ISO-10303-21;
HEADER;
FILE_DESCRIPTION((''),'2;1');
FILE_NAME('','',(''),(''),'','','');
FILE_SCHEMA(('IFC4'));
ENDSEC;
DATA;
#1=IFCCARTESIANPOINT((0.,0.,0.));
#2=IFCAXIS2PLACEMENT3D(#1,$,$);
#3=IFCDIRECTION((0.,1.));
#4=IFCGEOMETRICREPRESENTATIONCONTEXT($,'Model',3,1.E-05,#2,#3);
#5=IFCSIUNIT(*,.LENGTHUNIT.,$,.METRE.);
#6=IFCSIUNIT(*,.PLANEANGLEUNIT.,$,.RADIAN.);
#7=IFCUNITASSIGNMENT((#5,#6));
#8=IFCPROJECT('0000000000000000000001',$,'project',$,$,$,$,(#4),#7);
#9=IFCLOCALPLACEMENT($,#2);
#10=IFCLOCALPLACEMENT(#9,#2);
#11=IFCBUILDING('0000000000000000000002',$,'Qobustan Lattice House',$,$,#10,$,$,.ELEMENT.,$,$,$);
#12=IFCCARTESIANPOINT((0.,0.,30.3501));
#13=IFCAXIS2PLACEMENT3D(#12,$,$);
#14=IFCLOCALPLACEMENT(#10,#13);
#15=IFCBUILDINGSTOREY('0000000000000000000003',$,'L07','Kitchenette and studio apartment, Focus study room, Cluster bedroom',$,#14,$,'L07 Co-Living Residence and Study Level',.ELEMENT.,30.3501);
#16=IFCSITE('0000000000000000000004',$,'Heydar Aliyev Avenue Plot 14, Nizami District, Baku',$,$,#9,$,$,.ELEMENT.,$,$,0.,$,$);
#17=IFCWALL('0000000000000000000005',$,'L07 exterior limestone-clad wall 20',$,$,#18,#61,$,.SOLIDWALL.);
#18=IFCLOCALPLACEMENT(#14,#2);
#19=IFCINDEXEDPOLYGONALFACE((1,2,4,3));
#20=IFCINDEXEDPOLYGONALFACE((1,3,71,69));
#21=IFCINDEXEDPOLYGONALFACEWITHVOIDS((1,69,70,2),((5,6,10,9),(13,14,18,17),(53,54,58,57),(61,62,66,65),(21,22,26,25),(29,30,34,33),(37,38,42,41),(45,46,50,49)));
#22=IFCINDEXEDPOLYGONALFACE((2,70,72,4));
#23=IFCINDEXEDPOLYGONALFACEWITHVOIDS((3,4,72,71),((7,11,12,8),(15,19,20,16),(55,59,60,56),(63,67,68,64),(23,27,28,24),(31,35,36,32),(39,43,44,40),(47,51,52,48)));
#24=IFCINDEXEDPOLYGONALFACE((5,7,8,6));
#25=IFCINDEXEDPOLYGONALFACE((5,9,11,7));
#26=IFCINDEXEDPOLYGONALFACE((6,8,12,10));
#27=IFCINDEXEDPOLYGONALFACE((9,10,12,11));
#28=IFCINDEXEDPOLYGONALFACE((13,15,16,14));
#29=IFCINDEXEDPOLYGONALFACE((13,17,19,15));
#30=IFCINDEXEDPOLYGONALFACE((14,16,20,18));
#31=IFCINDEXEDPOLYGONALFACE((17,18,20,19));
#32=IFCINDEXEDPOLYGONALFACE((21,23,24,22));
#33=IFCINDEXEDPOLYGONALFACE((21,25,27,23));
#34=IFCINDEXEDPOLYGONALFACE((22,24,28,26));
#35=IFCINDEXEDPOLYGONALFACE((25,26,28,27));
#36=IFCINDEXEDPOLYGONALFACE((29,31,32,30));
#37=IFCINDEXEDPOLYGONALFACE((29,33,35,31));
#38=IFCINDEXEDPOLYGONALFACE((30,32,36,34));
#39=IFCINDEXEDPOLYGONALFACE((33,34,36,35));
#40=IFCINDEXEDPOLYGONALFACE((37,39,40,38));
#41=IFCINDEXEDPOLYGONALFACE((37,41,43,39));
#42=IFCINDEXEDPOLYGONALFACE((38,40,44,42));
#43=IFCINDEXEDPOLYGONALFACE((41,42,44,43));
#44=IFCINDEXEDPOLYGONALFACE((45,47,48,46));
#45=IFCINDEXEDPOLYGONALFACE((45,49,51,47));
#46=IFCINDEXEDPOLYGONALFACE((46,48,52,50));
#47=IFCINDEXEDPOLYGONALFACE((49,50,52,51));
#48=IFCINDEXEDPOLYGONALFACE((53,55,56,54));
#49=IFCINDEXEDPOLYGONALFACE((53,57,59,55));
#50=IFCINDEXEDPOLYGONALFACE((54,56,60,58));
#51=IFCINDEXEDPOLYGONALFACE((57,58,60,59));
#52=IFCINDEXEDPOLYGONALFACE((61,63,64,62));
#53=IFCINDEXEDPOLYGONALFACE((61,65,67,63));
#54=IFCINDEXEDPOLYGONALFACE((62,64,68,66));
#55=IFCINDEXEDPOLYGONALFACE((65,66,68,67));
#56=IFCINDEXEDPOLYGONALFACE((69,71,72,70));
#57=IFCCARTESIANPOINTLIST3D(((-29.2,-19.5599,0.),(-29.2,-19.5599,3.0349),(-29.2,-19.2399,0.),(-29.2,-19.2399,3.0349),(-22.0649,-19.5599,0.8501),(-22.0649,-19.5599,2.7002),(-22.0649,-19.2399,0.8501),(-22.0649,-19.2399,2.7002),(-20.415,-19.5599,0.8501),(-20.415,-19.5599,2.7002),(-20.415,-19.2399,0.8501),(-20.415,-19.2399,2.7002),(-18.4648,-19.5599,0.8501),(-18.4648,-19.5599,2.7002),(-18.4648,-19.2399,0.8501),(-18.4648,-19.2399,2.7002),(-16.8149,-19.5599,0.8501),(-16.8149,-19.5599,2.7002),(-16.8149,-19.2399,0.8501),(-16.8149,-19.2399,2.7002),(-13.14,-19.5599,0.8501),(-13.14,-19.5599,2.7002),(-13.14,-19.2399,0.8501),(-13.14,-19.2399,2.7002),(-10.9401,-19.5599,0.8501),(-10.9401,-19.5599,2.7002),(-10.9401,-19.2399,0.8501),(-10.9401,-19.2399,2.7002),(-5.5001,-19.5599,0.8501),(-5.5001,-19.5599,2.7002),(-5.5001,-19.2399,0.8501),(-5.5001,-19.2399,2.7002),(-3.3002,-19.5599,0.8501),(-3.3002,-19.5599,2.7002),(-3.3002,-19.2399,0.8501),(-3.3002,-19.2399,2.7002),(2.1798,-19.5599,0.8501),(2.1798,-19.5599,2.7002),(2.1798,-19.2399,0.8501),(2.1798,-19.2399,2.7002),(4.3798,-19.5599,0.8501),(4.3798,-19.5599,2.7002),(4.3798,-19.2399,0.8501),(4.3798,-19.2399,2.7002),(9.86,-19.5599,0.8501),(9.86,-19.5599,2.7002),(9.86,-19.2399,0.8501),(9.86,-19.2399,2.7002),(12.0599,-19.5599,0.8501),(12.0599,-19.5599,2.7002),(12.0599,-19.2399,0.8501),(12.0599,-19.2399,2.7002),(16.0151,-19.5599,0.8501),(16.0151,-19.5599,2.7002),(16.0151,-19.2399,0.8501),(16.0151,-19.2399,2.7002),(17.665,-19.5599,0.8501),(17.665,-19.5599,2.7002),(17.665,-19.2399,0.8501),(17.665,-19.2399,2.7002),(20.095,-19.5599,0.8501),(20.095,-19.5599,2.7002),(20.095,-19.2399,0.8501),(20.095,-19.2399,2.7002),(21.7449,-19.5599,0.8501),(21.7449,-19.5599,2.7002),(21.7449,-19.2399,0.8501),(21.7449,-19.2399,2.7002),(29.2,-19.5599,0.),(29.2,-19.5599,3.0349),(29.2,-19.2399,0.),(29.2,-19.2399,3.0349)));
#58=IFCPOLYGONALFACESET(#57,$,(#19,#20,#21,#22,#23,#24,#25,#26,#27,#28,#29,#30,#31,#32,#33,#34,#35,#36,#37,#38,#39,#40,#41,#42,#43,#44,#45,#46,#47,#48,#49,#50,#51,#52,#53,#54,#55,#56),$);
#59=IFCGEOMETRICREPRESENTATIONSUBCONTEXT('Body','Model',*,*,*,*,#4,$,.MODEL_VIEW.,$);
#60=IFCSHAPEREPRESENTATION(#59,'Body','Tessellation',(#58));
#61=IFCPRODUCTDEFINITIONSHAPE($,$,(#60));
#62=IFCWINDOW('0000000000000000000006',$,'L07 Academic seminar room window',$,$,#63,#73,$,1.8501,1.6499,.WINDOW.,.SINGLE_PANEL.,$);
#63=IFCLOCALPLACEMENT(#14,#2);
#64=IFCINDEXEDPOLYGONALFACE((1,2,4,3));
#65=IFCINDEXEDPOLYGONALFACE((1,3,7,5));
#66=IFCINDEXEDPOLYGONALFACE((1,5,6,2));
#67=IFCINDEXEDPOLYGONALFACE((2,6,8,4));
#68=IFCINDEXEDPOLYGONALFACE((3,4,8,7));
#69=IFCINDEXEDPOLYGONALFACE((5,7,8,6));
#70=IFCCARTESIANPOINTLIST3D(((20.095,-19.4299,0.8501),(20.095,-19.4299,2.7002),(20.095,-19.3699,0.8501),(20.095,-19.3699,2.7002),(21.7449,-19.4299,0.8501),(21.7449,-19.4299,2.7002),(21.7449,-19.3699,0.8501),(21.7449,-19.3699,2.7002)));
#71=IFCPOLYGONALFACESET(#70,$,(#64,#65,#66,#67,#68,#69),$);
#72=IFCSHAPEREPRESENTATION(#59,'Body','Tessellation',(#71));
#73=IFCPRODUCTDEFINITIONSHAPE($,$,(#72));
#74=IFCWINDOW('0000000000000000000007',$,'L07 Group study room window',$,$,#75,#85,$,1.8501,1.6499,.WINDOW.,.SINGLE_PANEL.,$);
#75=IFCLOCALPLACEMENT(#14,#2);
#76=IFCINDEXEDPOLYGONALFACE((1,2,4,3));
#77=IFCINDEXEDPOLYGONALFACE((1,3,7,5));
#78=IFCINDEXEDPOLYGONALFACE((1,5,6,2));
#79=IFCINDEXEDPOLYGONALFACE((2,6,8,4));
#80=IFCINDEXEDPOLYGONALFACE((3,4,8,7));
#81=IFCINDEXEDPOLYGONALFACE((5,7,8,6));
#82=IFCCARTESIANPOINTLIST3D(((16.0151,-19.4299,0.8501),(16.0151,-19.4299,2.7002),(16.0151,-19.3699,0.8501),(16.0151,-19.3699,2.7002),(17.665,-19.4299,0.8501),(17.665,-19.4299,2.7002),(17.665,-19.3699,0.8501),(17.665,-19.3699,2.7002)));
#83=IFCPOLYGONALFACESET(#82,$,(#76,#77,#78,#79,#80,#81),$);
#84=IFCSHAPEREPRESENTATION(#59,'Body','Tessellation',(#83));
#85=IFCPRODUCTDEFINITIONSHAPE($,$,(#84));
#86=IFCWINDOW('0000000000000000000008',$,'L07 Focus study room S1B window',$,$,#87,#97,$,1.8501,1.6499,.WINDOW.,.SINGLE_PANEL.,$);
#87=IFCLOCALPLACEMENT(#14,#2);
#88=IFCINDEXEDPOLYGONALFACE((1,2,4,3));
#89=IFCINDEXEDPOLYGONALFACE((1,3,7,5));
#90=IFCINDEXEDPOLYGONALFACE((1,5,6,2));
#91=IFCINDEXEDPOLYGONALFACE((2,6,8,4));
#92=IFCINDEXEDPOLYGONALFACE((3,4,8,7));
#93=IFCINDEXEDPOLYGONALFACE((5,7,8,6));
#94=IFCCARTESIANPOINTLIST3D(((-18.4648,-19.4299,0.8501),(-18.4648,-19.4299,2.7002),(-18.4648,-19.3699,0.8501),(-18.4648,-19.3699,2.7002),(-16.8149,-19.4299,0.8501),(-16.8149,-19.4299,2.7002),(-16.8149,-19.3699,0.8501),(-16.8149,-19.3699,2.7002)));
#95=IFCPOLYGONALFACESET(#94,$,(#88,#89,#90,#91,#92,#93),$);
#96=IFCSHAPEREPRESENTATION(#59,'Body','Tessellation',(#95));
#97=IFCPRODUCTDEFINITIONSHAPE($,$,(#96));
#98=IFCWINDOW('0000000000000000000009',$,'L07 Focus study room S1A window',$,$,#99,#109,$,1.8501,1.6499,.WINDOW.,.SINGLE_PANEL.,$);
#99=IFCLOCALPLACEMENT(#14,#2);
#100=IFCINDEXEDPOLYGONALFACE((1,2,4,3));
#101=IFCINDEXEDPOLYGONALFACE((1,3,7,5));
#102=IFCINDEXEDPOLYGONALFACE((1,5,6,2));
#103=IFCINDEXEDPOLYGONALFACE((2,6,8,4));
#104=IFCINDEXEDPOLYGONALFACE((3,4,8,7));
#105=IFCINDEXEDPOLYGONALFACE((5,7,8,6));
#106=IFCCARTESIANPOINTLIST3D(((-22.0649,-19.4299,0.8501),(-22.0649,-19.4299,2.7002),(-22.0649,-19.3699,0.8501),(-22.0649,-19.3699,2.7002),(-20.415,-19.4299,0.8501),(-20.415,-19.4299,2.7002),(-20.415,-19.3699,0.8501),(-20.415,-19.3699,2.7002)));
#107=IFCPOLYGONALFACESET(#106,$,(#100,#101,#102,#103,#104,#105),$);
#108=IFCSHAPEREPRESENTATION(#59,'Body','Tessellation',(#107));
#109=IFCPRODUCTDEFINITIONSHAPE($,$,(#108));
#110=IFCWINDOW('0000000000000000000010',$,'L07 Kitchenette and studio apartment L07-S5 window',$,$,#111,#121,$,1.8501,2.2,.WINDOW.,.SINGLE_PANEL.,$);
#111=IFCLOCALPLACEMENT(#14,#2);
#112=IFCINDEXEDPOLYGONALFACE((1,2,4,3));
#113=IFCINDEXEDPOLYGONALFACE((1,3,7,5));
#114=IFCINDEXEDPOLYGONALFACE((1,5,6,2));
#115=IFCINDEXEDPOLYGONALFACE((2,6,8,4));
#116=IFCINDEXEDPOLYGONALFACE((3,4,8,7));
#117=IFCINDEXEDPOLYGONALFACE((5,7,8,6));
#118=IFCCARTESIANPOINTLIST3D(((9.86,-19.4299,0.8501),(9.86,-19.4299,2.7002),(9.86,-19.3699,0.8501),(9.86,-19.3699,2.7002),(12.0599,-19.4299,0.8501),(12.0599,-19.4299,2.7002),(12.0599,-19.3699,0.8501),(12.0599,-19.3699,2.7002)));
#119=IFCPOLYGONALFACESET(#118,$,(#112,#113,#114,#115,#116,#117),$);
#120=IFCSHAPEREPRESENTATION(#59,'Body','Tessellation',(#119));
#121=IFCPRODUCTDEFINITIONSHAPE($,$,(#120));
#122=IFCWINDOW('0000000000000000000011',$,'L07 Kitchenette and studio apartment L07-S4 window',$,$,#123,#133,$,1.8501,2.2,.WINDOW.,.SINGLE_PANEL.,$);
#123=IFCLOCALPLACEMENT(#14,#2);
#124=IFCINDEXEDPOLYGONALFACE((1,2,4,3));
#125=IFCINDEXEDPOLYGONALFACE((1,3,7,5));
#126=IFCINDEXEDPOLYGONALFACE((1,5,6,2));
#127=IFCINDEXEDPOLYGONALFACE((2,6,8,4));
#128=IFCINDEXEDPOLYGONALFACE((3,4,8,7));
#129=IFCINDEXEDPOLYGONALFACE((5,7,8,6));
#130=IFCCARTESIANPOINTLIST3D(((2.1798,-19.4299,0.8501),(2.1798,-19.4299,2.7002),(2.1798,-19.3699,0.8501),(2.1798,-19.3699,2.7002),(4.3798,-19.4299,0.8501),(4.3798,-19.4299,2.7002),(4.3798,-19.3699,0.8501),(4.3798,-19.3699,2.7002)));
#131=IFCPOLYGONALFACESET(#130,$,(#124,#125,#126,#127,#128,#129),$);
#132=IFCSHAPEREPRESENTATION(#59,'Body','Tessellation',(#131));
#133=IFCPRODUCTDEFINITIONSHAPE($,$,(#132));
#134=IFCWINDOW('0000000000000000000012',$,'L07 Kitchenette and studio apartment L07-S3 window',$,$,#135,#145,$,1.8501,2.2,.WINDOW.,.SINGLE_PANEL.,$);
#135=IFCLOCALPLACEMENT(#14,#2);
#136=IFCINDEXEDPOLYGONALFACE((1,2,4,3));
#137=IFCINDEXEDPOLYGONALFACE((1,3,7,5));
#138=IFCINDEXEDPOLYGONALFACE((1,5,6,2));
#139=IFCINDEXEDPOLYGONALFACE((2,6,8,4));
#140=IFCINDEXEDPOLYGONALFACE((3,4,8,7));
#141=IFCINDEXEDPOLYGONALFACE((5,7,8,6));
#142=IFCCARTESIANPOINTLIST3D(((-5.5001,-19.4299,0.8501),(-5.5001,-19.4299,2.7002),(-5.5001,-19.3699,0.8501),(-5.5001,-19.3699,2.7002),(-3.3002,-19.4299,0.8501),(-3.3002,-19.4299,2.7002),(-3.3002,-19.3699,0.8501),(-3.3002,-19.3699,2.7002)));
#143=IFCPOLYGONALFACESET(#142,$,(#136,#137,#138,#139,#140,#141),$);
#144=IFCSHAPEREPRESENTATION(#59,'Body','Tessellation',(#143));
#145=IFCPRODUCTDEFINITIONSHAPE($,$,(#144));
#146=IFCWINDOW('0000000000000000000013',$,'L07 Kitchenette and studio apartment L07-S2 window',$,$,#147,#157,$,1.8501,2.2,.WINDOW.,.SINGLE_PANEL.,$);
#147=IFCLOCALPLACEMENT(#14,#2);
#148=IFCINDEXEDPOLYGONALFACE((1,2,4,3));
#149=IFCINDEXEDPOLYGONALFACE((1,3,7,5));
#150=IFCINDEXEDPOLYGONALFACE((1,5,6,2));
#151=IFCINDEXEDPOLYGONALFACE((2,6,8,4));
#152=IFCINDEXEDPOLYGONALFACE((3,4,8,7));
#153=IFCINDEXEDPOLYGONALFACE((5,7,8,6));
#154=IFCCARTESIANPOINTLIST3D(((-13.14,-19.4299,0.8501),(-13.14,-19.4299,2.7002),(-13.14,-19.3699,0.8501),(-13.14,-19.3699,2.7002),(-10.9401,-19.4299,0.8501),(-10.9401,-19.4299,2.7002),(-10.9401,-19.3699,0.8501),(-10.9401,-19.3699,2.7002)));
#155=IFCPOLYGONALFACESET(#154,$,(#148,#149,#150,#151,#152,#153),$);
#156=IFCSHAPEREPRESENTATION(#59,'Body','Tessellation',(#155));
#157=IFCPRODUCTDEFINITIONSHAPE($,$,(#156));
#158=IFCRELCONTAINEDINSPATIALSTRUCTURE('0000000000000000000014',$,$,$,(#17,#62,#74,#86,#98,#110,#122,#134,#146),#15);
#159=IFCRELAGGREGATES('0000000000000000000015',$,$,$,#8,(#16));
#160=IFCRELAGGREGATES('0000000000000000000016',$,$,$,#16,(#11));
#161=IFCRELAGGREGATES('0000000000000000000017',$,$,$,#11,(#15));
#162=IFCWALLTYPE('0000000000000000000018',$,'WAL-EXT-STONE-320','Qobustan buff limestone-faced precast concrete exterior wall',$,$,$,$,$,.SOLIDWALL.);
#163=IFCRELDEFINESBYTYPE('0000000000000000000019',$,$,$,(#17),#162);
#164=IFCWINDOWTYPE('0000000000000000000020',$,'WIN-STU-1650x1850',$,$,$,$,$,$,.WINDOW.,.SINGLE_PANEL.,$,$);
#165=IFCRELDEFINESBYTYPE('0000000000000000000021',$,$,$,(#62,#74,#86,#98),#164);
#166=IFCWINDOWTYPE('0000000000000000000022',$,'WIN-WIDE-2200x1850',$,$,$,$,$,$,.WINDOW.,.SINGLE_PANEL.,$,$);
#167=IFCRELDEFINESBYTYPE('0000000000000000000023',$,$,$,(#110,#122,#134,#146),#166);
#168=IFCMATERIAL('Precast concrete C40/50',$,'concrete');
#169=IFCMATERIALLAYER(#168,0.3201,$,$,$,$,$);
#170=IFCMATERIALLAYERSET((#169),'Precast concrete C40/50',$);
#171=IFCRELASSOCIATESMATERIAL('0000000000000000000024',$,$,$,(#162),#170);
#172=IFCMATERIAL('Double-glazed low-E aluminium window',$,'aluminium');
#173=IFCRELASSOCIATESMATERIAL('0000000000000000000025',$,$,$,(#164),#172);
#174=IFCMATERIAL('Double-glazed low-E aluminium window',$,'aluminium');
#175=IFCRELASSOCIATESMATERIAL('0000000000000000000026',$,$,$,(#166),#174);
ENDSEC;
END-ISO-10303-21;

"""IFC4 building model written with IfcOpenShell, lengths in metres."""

from ifc_helpers import new_model, si_unit, direction, frame, frame_2d, origin, place, context, subcontext, project, spatial, rectangle, extrude, material, layer, layer_set, type_object, element, fill, save


model = new_model("IFC4")

# Units and contexts
model_context = context("Model", 3, precision=1e-05, world=origin(), true_north=direction((0.0, 1.0)))
body_context = subcontext(model_context, "Body", "Model", "MODEL_VIEW")
ifc_project = project(units=[si_unit("LENGTHUNIT", "METRE"), si_unit("PLANEANGLEUNIT", "RADIAN")], contexts=[model_context])

# Site, building, storey
site_placement = place(None, origin())
site = spatial("IfcSite", under=ifc_project, at=site_placement, Name="Heydar Aliyev Avenue Plot 14, Nizami District, Baku", CompositionType="ELEMENT", RefElevation=0.0)
building_placement = place(site_placement, origin())
building = spatial("IfcBuilding", under=site, at=building_placement, Name="Qobustan Lattice House", CompositionType="ELEMENT")
storey_placement = place(building_placement, frame((0.0, 0.0, 30.3501)))
storey = spatial("IfcBuildingStorey", under=building, at=storey_placement, Name="L07", Description="Kitchenette and studio apartment, Focus study room, Cluster bedroom", LongName="L07 Co-Living Residence and Study Level", CompositionType="ELEMENT", Elevation=30.3501)

# Shared definitions
ifc_material_1 = material(Name="Precast concrete C40/50", Category="concrete")
ifc_layer_1 = layer(ifc_material_1, 0.3201)
ifc_layer_set_1 = layer_set([ifc_layer_1], Name="Precast concrete C40/50")
wall_type = type_object("IfcWallType", Name="WAL-EXT-STONE-320", Description="Qobustan buff limestone-faced precast concrete exterior wall", PredefinedType="SOLIDWALL", material=ifc_layer_set_1)

# Wall, openings, windows
wall_1_placement = place(storey_placement, frame((29.2, -19.3999, 0.0), z_axis=(0.0, 0.0, 1.0), x_axis=(-1.0, 0.0, 0.0)))
wall_1 = element("IfcWall", 1, at=wall_1_placement, inside=storey, type_object=wall_type, Name="L07 exterior limestone-clad wall 20", PredefinedType="SOLIDWALL", context=body_context, shape_type="SweptSolid", body=[
    extrude(rectangle(XDim=58.3999, YDim=0.3201, at=frame_2d((29.2, 0.0))), origin(), (0.0, 0.0, 1.0), 3.0349),
])
opening_1_placement = place(wall_1_placement, frame((7.4551, 0.0, 0.8501)))
opening_1 = element("IfcOpeningElement", 2, at=opening_1_placement, cuts=wall_1, PredefinedType="OPENING", context=body_context, shape_type="SweptSolid", body=[
    extrude(rectangle(XDim=1.6499, YDim=1.8501, at=frame_2d((0.825, 0.925))), frame((0.0, 0.1699, 0.0), z_axis=(0.0, -1.0, 0.0), x_axis=(1.0, 0.0, 0.0)), (0.0, 0.0, 1.0), 0.3401),
])
opening_2_placement = place(wall_1_placement, frame((11.5349, 0.0, 0.8501)))
opening_2 = element("IfcOpeningElement", 3, at=opening_2_placement, cuts=wall_1, PredefinedType="OPENING", context=body_context, shape_type="SweptSolid", body=[
    extrude(rectangle(XDim=1.6499, YDim=1.8501, at=frame_2d((0.825, 0.925))), frame((0.0, 0.1699, 0.0), z_axis=(0.0, -1.0, 0.0), x_axis=(1.0, 0.0, 0.0)), (0.0, 0.0, 1.0), 0.3401),
])
opening_3_placement = place(wall_1_placement, frame((17.1399, 0.0, 0.8501)))
opening_3 = element("IfcOpeningElement", 4, at=opening_3_placement, cuts=wall_1, PredefinedType="OPENING", context=body_context, shape_type="SweptSolid", body=[
    extrude(rectangle(XDim=2.2, YDim=1.8501, at=frame_2d((1.1001, 0.925))), frame((0.0, 0.1699, 0.0), z_axis=(0.0, -1.0, 0.0), x_axis=(1.0, 0.0, 0.0)), (0.0, 0.0, 1.0), 0.3401),
])
opening_4_placement = place(wall_1_placement, frame((24.8201, 0.0, 0.8501)))
opening_4 = element("IfcOpeningElement", 5, at=opening_4_placement, cuts=wall_1, PredefinedType="OPENING", context=body_context, shape_type="SweptSolid", body=[
    extrude(rectangle(XDim=2.2, YDim=1.8501, at=frame_2d((1.1001, 0.925))), frame((0.0, 0.1699, 0.0), z_axis=(0.0, -1.0, 0.0), x_axis=(1.0, 0.0, 0.0)), (0.0, 0.0, 1.0), 0.3401),
])
opening_5_placement = place(wall_1_placement, frame((32.5, 0.0, 0.8501)))
opening_5 = element("IfcOpeningElement", 6, at=opening_5_placement, cuts=wall_1, PredefinedType="OPENING", context=body_context, shape_type="SweptSolid", body=[
    extrude(rectangle(XDim=2.2, YDim=1.8501, at=frame_2d((1.1001, 0.925))), frame((0.0, 0.1699, 0.0), z_axis=(0.0, -1.0, 0.0), x_axis=(1.0, 0.0, 0.0)), (0.0, 0.0, 1.0), 0.3401),
])
opening_6_placement = place(wall_1_placement, frame((40.1399, 0.0, 0.8501)))
opening_6 = element("IfcOpeningElement", 7, at=opening_6_placement, cuts=wall_1, PredefinedType="OPENING", context=body_context, shape_type="SweptSolid", body=[
    extrude(rectangle(XDim=2.2, YDim=1.8501, at=frame_2d((1.1001, 0.925))), frame((0.0, 0.1699, 0.0), z_axis=(0.0, -1.0, 0.0), x_axis=(1.0, 0.0, 0.0)), (0.0, 0.0, 1.0), 0.3401),
])
opening_7_placement = place(wall_1_placement, frame((46.0149, 0.0, 0.8501)))
opening_7 = element("IfcOpeningElement", 8, at=opening_7_placement, cuts=wall_1, PredefinedType="OPENING", context=body_context, shape_type="SweptSolid", body=[
    extrude(rectangle(XDim=1.6499, YDim=1.8501, at=frame_2d((0.825, 0.925))), frame((0.0, 0.1699, 0.0), z_axis=(0.0, -1.0, 0.0), x_axis=(1.0, 0.0, 0.0)), (0.0, 0.0, 1.0), 0.3401),
])
opening_8_placement = place(wall_1_placement, frame((49.615, 0.0, 0.8501)))
opening_8 = element("IfcOpeningElement", 9, at=opening_8_placement, cuts=wall_1, PredefinedType="OPENING", context=body_context, shape_type="SweptSolid", body=[
    extrude(rectangle(XDim=1.6499, YDim=1.8501, at=frame_2d((0.825, 0.925))), frame((0.0, 0.1699, 0.0), z_axis=(0.0, -1.0, 0.0), x_axis=(1.0, 0.0, 0.0)), (0.0, 0.0, 1.0), 0.3401),
])
ifc_material_2 = material(Name="Double-glazed low-E aluminium window", Category="aluminium")
window_type_1 = type_object("IfcWindowType", Name="WIN-STU-1650x1850", PartitioningType="SINGLE_PANEL", PredefinedType="WINDOW", material=ifc_material_2)
window_1_placement = place(opening_1_placement, origin())
window_1 = element("IfcWindow", 10, at=window_1_placement, inside=storey, type_object=window_type_1, Name="L07 Academic seminar room window", OverallHeight=1.8501, OverallWidth=1.6499, PartitioningType="SINGLE_PANEL", PredefinedType="WINDOW", context=body_context, shape_type="SweptSolid", body=[
    extrude(rectangle(XDim=1.6499, YDim=1.8501, at=frame_2d((0.825, 0.925))), frame((0.0, 0.03, 0.0), z_axis=(0.0, -1.0, 0.0), x_axis=(1.0, 0.0, 0.0)), (0.0, 0.0, 1.0), 0.0601),
])
fill(opening_1, window_1)
window_2_placement = place(opening_2_placement, origin())
window_2 = element("IfcWindow", 11, at=window_2_placement, inside=storey, type_object=window_type_1, Name="L07 Group study room window", OverallHeight=1.8501, OverallWidth=1.6499, PartitioningType="SINGLE_PANEL", PredefinedType="WINDOW", context=body_context, shape_type="SweptSolid", body=[
    extrude(rectangle(XDim=1.6499, YDim=1.8501, at=frame_2d((0.825, 0.925))), frame((0.0, 0.03, 0.0), z_axis=(0.0, -1.0, 0.0), x_axis=(1.0, 0.0, 0.0)), (0.0, 0.0, 1.0), 0.0601),
])
fill(opening_2, window_2)
window_3_placement = place(opening_7_placement, origin())
window_3 = element("IfcWindow", 12, at=window_3_placement, inside=storey, type_object=window_type_1, Name="L07 Focus study room S1B window", OverallHeight=1.8501, OverallWidth=1.6499, PartitioningType="SINGLE_PANEL", PredefinedType="WINDOW", context=body_context, shape_type="SweptSolid", body=[
    extrude(rectangle(XDim=1.6499, YDim=1.8501, at=frame_2d((0.825, 0.925))), frame((0.0, 0.03, 0.0), z_axis=(0.0, -1.0, 0.0), x_axis=(1.0, 0.0, 0.0)), (0.0, 0.0, 1.0), 0.0601),
])
fill(opening_7, window_3)
window_4_placement = place(opening_8_placement, origin())
window_4 = element("IfcWindow", 13, at=window_4_placement, inside=storey, type_object=window_type_1, Name="L07 Focus study room S1A window", OverallHeight=1.8501, OverallWidth=1.6499, PartitioningType="SINGLE_PANEL", PredefinedType="WINDOW", context=body_context, shape_type="SweptSolid", body=[
    extrude(rectangle(XDim=1.6499, YDim=1.8501, at=frame_2d((0.825, 0.925))), frame((0.0, 0.03, 0.0), z_axis=(0.0, -1.0, 0.0), x_axis=(1.0, 0.0, 0.0)), (0.0, 0.0, 1.0), 0.0601),
])
fill(opening_8, window_4)
ifc_material_3 = material(Name="Double-glazed low-E aluminium window", Category="aluminium")
window_type_2 = type_object("IfcWindowType", Name="WIN-WIDE-2200x1850", PartitioningType="SINGLE_PANEL", PredefinedType="WINDOW", material=ifc_material_3)
window_5_placement = place(opening_3_placement, origin())
window_5 = element("IfcWindow", 14, at=window_5_placement, inside=storey, type_object=window_type_2, Name="L07 Kitchenette and studio apartment L07-S5 window", OverallHeight=1.8501, OverallWidth=2.2, PartitioningType="SINGLE_PANEL", PredefinedType="WINDOW", context=body_context, shape_type="SweptSolid", body=[
    extrude(rectangle(XDim=2.2, YDim=1.8501, at=frame_2d((1.1001, 0.925))), frame((0.0, 0.03, 0.0), z_axis=(0.0, -1.0, 0.0), x_axis=(1.0, 0.0, 0.0)), (0.0, 0.0, 1.0), 0.0601),
])
fill(opening_3, window_5)
window_6_placement = place(opening_4_placement, origin())
window_6 = element("IfcWindow", 15, at=window_6_placement, inside=storey, type_object=window_type_2, Name="L07 Kitchenette and studio apartment L07-S4 window", OverallHeight=1.8501, OverallWidth=2.2, PartitioningType="SINGLE_PANEL", PredefinedType="WINDOW", context=body_context, shape_type="SweptSolid", body=[
    extrude(rectangle(XDim=2.2, YDim=1.8501, at=frame_2d((1.1001, 0.925))), frame((0.0, 0.03, 0.0), z_axis=(0.0, -1.0, 0.0), x_axis=(1.0, 0.0, 0.0)), (0.0, 0.0, 1.0), 0.0601),
])
fill(opening_4, window_6)
window_7_placement = place(opening_5_placement, origin())
window_7 = element("IfcWindow", 16, at=window_7_placement, inside=storey, type_object=window_type_2, Name="L07 Kitchenette and studio apartment L07-S3 window", OverallHeight=1.8501, OverallWidth=2.2, PartitioningType="SINGLE_PANEL", PredefinedType="WINDOW", context=body_context, shape_type="SweptSolid", body=[
    extrude(rectangle(XDim=2.2, YDim=1.8501, at=frame_2d((1.1001, 0.925))), frame((0.0, 0.03, 0.0), z_axis=(0.0, -1.0, 0.0), x_axis=(1.0, 0.0, 0.0)), (0.0, 0.0, 1.0), 0.0601),
])
fill(opening_5, window_7)
window_8_placement = place(opening_6_placement, origin())
window_8 = element("IfcWindow", 17, at=window_8_placement, inside=storey, type_object=window_type_2, Name="L07 Kitchenette and studio apartment L07-S2 window", OverallHeight=1.8501, OverallWidth=2.2, PartitioningType="SINGLE_PANEL", PredefinedType="WINDOW", context=body_context, shape_type="SweptSolid", body=[
    extrude(rectangle(XDim=2.2, YDim=1.8501, at=frame_2d((1.1001, 0.925))), frame((0.0, 0.03, 0.0), z_axis=(0.0, -1.0, 0.0), x_axis=(1.0, 0.0, 0.0)), (0.0, 0.0, 1.0), 0.0601),
])
fill(opening_6, window_8)

save(model, "model.ifc")
